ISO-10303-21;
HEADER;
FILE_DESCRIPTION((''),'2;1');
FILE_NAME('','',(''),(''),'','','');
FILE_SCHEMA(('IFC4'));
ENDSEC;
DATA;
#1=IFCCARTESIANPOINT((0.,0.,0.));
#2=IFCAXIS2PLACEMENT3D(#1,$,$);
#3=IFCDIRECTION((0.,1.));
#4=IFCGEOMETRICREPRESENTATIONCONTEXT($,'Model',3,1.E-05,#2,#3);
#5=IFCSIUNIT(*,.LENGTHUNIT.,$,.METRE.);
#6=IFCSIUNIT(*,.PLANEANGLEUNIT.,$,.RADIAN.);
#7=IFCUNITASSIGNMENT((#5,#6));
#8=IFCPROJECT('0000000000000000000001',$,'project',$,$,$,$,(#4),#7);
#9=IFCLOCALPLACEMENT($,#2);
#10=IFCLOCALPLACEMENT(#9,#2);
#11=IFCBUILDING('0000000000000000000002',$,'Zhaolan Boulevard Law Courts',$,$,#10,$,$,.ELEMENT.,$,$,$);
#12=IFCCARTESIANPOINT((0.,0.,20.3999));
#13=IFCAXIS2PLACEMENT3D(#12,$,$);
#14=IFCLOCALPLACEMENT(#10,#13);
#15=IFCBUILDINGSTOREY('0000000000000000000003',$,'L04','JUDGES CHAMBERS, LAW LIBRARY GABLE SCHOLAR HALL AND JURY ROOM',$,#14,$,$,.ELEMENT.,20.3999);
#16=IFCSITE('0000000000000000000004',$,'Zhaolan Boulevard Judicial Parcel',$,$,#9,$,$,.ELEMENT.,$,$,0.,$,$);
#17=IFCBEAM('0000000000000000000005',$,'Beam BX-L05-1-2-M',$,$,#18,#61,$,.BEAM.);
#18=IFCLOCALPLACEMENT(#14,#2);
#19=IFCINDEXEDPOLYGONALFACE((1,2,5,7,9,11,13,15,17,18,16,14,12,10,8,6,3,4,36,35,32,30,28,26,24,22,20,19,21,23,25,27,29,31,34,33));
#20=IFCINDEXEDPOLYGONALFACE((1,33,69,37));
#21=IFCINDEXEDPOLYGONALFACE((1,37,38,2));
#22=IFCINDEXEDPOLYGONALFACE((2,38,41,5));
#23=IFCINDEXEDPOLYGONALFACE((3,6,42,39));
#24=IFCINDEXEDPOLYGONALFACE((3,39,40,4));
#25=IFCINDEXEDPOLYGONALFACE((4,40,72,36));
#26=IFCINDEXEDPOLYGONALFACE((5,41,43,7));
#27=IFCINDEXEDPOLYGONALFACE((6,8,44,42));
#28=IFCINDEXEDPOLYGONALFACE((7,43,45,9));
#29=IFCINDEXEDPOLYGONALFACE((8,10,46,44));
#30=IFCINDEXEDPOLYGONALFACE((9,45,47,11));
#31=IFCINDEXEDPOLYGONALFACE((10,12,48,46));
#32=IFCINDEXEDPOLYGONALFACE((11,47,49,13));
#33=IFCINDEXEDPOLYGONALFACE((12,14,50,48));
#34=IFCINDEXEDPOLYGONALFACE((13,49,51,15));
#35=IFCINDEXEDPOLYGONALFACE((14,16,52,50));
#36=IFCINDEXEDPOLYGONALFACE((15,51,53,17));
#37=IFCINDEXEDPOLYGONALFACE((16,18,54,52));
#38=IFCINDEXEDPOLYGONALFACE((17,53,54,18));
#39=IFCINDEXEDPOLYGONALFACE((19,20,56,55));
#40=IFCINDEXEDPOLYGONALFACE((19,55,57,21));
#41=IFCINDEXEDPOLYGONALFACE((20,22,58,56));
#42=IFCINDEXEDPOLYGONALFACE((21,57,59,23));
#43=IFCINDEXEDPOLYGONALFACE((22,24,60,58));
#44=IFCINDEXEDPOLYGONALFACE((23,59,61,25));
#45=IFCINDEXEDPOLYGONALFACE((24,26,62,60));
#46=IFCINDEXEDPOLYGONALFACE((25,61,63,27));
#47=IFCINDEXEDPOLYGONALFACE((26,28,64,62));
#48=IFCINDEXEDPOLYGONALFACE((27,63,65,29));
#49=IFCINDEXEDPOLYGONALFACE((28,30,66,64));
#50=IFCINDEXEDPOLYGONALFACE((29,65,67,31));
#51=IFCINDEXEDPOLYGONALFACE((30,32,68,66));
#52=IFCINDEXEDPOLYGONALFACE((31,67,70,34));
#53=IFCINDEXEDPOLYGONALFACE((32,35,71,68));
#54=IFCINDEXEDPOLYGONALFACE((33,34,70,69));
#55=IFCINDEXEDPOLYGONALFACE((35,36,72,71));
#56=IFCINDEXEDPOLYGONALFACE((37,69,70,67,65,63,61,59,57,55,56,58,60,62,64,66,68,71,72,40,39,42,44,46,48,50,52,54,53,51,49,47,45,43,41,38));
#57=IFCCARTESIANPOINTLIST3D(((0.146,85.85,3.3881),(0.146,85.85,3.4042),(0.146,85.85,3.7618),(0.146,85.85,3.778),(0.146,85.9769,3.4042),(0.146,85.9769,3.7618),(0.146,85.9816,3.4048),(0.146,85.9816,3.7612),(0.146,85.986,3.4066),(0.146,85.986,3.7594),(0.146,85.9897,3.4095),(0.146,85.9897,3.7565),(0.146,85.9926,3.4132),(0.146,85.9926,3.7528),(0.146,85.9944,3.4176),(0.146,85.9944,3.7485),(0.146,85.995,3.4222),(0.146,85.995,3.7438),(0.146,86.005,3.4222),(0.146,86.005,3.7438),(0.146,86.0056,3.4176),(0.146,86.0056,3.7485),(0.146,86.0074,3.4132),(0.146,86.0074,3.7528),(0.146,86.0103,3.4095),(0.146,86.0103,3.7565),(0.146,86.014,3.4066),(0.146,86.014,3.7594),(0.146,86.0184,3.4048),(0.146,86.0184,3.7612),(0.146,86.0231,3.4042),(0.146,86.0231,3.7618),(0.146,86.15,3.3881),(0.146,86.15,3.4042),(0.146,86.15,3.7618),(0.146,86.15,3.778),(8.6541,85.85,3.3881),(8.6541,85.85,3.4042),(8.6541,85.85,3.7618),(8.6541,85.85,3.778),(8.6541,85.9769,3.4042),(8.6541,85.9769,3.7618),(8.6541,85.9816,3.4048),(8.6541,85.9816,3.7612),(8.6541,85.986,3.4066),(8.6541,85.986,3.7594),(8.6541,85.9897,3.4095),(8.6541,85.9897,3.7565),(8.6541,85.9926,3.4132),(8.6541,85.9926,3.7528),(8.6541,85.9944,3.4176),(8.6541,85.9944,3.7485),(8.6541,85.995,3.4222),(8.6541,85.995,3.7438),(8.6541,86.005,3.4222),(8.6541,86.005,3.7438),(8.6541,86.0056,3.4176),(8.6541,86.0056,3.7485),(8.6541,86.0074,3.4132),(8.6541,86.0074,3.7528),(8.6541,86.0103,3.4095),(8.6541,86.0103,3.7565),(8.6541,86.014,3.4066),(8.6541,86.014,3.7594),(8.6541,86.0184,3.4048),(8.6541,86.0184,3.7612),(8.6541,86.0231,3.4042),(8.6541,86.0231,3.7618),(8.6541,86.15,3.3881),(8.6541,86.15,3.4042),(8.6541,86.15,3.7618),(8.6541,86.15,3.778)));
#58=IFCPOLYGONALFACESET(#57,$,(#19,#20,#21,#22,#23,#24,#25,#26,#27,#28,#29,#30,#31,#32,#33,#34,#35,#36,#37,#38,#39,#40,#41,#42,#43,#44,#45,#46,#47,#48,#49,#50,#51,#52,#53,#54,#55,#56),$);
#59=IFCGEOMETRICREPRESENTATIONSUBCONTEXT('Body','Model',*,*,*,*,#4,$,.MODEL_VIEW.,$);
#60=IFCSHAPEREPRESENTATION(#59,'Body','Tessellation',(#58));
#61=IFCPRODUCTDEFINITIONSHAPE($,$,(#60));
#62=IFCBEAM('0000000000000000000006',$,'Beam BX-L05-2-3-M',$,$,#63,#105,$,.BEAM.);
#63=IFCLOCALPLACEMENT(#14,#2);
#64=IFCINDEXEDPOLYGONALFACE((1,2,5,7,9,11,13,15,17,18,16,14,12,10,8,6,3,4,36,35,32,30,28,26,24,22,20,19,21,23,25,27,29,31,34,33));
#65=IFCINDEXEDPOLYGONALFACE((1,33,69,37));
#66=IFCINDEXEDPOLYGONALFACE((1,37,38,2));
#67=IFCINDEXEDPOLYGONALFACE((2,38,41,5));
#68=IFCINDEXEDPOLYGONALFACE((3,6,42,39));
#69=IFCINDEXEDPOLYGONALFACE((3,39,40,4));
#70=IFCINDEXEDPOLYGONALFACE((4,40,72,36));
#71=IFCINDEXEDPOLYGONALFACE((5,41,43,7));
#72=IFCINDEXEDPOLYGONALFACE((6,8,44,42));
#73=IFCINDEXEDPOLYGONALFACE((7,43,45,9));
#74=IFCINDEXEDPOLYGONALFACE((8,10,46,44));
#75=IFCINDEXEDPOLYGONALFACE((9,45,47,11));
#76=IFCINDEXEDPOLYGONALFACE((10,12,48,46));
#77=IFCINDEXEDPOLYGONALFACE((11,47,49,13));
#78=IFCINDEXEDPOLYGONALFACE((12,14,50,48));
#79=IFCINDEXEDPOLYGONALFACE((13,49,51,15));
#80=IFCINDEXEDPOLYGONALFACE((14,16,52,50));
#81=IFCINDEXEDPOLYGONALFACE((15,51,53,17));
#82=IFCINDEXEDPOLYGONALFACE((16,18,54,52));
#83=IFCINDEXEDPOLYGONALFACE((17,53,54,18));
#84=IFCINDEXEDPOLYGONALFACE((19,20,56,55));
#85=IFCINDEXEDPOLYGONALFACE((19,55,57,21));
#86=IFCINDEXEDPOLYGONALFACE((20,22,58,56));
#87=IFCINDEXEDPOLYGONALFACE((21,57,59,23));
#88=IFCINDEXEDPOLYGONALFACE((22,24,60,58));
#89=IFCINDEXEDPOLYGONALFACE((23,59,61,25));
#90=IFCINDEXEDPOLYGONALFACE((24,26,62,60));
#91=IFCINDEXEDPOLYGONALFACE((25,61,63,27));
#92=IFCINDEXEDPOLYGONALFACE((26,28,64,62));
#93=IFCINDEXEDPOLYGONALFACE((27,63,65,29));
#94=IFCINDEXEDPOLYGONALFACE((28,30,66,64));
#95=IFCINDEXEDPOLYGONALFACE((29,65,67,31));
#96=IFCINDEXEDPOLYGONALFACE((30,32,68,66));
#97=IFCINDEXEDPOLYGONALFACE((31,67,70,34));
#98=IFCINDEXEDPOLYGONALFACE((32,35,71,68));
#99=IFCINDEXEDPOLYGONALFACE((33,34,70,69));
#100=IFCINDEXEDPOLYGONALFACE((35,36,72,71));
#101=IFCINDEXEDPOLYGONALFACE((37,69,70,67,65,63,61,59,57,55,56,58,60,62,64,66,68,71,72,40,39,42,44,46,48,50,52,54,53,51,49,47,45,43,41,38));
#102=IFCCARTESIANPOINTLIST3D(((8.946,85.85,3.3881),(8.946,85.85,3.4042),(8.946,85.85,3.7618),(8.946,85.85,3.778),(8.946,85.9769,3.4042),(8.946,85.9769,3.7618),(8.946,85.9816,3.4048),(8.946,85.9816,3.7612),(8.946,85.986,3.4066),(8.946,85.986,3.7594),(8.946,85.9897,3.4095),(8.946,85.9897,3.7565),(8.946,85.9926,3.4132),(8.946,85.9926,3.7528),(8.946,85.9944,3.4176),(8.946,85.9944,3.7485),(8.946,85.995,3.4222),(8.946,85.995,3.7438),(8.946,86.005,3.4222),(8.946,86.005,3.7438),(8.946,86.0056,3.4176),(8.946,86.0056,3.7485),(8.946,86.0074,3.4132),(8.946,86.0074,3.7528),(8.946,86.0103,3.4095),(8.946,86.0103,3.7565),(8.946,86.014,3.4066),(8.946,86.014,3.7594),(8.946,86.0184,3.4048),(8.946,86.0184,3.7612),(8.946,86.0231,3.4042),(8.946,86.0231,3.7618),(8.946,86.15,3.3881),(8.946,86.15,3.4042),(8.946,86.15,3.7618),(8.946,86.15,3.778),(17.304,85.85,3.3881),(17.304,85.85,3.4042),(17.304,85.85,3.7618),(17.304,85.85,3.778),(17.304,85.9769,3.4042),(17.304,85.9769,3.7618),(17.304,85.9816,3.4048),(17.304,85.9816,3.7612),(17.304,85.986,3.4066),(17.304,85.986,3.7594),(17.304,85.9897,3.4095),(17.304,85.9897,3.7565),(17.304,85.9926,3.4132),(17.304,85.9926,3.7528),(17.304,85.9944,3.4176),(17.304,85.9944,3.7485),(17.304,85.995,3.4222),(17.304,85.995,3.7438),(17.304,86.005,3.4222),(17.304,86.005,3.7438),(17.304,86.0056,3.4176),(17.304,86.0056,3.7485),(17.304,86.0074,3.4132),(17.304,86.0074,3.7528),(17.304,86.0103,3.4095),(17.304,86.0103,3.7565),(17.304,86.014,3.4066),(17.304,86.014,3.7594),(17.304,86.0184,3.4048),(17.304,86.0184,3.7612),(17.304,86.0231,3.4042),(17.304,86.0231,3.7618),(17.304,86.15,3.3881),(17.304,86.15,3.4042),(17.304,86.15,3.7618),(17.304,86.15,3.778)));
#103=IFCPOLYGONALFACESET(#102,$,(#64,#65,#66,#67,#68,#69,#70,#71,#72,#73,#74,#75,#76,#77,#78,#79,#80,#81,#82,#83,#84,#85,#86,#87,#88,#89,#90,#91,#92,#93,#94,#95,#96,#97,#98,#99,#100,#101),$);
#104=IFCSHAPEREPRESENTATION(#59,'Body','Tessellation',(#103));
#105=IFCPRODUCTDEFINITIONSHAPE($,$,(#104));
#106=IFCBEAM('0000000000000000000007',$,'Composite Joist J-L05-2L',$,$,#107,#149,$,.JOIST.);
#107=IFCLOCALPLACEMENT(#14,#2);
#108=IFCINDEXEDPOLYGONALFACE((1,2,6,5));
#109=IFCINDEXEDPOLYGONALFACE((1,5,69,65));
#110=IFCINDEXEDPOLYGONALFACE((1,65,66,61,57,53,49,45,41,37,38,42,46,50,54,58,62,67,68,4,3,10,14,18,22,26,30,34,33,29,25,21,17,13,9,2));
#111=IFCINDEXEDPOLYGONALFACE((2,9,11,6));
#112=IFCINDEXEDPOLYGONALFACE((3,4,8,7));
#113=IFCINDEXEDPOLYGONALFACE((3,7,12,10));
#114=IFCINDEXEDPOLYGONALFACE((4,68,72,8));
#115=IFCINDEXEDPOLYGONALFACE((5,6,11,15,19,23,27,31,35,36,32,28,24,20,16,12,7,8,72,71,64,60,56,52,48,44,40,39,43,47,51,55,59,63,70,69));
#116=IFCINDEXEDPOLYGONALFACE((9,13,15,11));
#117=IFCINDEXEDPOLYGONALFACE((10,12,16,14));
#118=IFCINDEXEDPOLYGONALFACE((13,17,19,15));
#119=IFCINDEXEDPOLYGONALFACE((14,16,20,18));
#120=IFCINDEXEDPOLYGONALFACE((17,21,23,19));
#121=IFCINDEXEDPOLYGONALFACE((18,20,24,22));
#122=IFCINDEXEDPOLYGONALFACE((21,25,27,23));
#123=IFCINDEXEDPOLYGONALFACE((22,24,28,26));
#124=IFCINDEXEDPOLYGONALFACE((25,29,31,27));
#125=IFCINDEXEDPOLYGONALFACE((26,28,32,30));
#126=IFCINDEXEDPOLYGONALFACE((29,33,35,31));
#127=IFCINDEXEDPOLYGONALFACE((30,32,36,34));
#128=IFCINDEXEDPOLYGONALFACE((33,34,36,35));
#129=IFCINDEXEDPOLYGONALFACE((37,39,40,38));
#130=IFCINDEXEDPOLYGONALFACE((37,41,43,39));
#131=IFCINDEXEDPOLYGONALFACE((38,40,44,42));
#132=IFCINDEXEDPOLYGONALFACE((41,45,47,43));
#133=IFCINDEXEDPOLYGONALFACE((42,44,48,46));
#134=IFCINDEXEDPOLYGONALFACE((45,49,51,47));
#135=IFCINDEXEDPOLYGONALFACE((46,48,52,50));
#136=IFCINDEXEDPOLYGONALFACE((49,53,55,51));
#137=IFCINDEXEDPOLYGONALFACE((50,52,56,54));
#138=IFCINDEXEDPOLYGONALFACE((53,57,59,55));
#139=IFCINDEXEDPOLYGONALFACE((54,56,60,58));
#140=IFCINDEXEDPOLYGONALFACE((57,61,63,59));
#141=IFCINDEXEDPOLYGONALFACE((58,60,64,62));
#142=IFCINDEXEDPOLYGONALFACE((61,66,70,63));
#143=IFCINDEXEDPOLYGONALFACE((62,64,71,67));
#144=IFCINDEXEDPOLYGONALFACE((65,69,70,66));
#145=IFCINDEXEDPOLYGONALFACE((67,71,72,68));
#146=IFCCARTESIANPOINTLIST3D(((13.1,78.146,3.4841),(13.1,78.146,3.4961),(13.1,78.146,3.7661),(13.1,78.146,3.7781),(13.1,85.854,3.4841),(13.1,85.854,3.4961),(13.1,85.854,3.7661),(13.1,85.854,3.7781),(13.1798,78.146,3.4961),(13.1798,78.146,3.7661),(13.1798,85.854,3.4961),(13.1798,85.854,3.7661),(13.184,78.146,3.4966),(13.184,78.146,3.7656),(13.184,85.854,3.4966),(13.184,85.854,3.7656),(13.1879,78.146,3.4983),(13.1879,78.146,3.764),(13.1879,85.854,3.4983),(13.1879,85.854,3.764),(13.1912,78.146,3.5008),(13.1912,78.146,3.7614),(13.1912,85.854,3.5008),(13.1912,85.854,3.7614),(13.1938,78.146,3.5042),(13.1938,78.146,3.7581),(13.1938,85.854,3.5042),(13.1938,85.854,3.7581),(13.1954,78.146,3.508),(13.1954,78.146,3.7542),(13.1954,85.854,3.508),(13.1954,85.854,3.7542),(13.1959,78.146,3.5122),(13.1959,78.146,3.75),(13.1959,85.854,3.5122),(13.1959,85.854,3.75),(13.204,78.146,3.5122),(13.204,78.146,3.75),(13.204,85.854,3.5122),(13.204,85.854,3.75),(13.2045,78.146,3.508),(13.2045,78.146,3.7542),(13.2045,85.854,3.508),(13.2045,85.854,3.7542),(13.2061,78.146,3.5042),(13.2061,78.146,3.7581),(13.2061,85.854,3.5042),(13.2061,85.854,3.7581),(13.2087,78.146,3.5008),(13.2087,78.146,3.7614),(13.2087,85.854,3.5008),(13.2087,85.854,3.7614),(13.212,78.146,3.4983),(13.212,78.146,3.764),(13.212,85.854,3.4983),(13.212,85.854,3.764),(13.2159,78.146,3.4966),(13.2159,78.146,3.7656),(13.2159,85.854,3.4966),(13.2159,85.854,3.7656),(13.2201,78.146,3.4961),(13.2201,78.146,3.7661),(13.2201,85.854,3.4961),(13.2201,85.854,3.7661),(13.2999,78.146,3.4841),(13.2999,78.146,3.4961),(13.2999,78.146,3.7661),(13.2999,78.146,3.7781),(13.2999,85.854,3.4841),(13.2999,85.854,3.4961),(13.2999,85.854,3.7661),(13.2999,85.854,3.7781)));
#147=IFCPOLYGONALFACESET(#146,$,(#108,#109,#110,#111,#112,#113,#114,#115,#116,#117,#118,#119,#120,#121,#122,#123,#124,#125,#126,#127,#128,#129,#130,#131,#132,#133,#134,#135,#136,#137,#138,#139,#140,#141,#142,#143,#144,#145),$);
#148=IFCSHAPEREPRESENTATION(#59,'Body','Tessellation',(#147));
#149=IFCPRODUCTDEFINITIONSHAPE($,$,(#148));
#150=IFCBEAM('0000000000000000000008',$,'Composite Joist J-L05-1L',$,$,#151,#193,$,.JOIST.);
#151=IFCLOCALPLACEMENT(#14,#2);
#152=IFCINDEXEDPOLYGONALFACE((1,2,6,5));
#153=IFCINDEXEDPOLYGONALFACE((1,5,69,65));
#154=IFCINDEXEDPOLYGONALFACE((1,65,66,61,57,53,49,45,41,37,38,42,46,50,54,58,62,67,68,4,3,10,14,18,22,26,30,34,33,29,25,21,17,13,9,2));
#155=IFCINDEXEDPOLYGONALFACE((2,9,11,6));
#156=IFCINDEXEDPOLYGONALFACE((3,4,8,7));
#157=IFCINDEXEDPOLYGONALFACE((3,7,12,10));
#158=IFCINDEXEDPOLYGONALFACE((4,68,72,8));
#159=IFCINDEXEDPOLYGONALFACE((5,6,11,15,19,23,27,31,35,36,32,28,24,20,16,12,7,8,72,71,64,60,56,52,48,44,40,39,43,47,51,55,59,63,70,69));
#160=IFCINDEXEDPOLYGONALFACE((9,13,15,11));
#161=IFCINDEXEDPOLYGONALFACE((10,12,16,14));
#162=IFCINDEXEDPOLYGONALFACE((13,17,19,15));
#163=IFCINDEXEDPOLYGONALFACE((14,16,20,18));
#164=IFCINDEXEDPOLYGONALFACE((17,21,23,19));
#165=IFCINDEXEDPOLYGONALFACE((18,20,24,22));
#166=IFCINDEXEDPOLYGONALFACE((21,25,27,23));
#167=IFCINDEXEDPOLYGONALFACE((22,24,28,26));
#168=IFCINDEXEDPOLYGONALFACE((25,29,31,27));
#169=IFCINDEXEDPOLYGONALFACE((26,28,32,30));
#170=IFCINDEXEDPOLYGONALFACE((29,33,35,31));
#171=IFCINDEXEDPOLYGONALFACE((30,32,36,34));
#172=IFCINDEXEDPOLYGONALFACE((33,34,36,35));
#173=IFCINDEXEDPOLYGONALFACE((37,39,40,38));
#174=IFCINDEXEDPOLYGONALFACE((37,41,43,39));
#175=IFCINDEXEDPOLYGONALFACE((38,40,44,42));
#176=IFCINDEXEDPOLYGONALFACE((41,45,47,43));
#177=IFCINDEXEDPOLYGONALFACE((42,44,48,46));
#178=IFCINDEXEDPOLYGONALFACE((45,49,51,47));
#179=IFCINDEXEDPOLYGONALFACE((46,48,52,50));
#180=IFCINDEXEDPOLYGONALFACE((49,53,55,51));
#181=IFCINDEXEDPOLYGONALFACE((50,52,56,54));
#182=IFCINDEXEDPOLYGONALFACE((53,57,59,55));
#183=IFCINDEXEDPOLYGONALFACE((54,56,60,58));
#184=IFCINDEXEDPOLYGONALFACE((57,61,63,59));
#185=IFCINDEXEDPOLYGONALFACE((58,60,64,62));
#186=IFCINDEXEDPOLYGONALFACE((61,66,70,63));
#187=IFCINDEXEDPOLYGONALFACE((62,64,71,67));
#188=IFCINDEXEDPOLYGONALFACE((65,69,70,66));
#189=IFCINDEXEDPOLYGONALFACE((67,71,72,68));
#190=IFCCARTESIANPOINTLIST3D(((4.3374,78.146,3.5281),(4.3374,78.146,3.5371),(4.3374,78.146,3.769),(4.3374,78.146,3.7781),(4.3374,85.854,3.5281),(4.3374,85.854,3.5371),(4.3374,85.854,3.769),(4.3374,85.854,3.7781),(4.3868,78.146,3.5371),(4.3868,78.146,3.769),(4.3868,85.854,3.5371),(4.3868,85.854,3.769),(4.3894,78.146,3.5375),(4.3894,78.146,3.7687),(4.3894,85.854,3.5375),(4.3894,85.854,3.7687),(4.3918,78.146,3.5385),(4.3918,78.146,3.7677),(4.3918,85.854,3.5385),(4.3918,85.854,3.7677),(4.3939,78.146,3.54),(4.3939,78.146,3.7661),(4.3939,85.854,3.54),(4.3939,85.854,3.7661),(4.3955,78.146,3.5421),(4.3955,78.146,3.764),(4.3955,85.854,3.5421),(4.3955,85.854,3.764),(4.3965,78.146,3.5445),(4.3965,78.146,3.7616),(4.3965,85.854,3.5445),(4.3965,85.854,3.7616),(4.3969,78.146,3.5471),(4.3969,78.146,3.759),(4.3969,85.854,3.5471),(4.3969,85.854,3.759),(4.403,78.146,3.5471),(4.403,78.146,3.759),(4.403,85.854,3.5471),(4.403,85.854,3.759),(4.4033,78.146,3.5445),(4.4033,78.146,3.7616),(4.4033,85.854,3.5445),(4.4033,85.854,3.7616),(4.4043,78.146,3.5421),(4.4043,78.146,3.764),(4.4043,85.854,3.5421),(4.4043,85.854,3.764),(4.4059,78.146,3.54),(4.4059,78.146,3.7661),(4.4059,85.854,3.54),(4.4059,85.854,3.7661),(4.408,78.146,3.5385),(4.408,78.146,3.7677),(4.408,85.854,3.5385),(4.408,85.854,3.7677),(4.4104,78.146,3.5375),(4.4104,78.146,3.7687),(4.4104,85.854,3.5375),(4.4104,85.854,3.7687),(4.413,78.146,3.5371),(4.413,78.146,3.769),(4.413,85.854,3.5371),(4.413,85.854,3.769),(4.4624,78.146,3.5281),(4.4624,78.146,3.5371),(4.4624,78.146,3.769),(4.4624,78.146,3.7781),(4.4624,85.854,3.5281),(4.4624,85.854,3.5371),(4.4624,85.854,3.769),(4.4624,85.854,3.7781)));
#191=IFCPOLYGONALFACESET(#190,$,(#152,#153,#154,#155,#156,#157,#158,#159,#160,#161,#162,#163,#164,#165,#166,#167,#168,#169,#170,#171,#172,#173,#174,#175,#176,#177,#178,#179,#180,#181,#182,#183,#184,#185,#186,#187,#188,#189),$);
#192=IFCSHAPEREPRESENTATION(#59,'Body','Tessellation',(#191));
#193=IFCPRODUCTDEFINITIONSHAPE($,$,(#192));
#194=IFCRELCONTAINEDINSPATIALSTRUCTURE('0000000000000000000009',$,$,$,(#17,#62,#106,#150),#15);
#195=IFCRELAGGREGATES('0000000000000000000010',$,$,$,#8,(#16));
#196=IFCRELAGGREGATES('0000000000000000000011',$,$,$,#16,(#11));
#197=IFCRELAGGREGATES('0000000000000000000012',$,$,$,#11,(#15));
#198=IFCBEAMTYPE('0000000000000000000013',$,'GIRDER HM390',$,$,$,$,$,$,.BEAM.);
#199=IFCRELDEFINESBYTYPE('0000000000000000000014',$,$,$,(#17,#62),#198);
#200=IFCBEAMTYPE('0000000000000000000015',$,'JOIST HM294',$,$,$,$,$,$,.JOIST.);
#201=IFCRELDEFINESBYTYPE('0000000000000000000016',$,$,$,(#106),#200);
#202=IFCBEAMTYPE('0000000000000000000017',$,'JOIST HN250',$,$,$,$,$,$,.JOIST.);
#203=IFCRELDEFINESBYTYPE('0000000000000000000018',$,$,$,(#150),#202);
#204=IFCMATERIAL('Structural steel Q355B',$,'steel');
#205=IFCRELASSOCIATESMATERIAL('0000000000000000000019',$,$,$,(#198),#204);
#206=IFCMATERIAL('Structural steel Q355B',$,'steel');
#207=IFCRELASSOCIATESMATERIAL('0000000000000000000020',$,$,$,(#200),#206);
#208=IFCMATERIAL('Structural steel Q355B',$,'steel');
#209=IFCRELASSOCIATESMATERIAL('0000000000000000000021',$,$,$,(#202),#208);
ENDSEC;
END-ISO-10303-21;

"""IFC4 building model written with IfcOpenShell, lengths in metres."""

from ifc_helpers import new_model, si_unit, direction, frame, origin, origin_2d, place, context, subcontext, project, spatial, i_section, extrude, material, material_profile, profile_set, type_object, element, save


model = new_model("IFC4")

# Units and contexts
model_context = context("Model", 3, precision=1e-05, world=origin(), true_north=direction((0.0, 1.0)))
body_context = subcontext(model_context, "Body", "Model", "MODEL_VIEW")
ifc_project = project(units=[si_unit("LENGTHUNIT", "METRE"), si_unit("PLANEANGLEUNIT", "RADIAN")], contexts=[model_context])

# Site, building, storey
site_placement = place(None, origin())
site = spatial("IfcSite", under=ifc_project, at=site_placement, Name="Zhaolan Boulevard Judicial Parcel", CompositionType="ELEMENT", RefElevation=0.0)
building_placement = place(site_placement, origin())
building = spatial("IfcBuilding", under=site, at=building_placement, Name="Zhaolan Boulevard Law Courts", CompositionType="ELEMENT")
storey_placement = place(building_placement, frame((0.0, 0.0, 20.3999)))
storey = spatial("IfcBuildingStorey", under=building, at=storey_placement, Name="L04", Description="JUDGES CHAMBERS, LAW LIBRARY GABLE SCHOLAR HALL AND JURY ROOM", CompositionType="ELEMENT", Elevation=20.3999)

# Beams
ifc_material_1 = material(Name="Structural steel Q355B", Category="steel")
ifc_material_profile_1 = material_profile(ifc_material_1, i_section(OverallWidth=0.3, OverallDepth=0.3899, WebThickness=0.01, FlangeThickness=0.0161, FilletRadius=0.0181, at=origin_2d()), Name="HM390x300")
ifc_profile_set_1 = profile_set([ifc_material_profile_1], Name="Structural steel Q355B")
beam_type_1 = type_object("IfcBeamType", Name="GIRDER HM390", PredefinedType="BEAM", material=ifc_profile_set_1)
for number, where, z_axis, x_axis, name in (
    (1, (0.146, 86.0, 3.583), (1.0, 0.0, 0.0), (0.0, 1.0, 0.0), "Beam BX-L05-1-2-M"),
):
    element("IfcBeam", number, at=place(storey_placement, frame(where, z_axis=z_axis, x_axis=x_axis)), inside=storey, type_object=beam_type_1, Name=name, PredefinedType="BEAM", context=body_context, shape_type="SweptSolid", body=[
        extrude(i_section(OverallWidth=0.3, OverallDepth=0.3899, WebThickness=0.01, FlangeThickness=0.0161, FilletRadius=0.0181, at=origin_2d()), origin(), (0.0, 0.0, 1.0), 8.5081),
    ])
beam_1_placement = place(storey_placement, frame((8.946, 86.0, 3.583), z_axis=(1.0, 0.0, 0.0), x_axis=(0.0, 1.0, 0.0)))
element("IfcBeam", 2, at=beam_1_placement, inside=storey, type_object=beam_type_1, Name="Beam BX-L05-2-3-M", PredefinedType="BEAM", context=body_context, shape_type="SweptSolid", body=[
    extrude(i_section(OverallWidth=0.3, OverallDepth=0.3899, WebThickness=0.01, FlangeThickness=0.0161, FilletRadius=0.0181, at=origin_2d()), origin(), (0.0, 0.0, 1.0), 8.3579),
])
ifc_material_2 = material(Name="Structural steel Q355B", Category="steel")
ifc_material_profile_2 = material_profile(ifc_material_2, i_section(OverallWidth=0.2, OverallDepth=0.2939, WebThickness=0.0081, FlangeThickness=0.012, FilletRadius=0.0161, at=origin_2d()), Name="HM294x200")
ifc_profile_set_2 = profile_set([ifc_material_profile_2], Name="Structural steel Q355B")
beam_type_2 = type_object("IfcBeamType", Name="JOIST HM294", PredefinedType="JOIST", material=ifc_profile_set_2)
beam_2_placement = place(storey_placement, frame((13.2, 78.146, 3.6311), z_axis=(0.0, 1.0, 0.0), x_axis=(-1.0, 0.0, 0.0)))
element("IfcBeam", 3, at=beam_2_placement, inside=storey, type_object=beam_type_2, Name="Composite Joist J-L05-2L", PredefinedType="JOIST", context=body_context, shape_type="SweptSolid", body=[
    extrude(i_section(OverallWidth=0.2, OverallDepth=0.2939, WebThickness=0.0081, FlangeThickness=0.012, FilletRadius=0.0161, at=origin_2d()), origin(), (0.0, 0.0, 1.0), 7.708),
])
ifc_material_3 = material(Name="Structural steel Q355B", Category="steel")
ifc_material_profile_3 = material_profile(ifc_material_3, i_section(OverallWidth=0.125, OverallDepth=0.25, WebThickness=0.0061, FlangeThickness=0.009, FilletRadius=0.01, at=origin_2d()), Name="HN250x125")
ifc_profile_set_3 = profile_set([ifc_material_profile_3], Name="Structural steel Q355B")
beam_type_3 = type_object("IfcBeamType", Name="JOIST HN250", PredefinedType="JOIST", material=ifc_profile_set_3)
beam_3_placement = place(storey_placement, frame((4.3999, 78.146, 3.6531), z_axis=(0.0, 1.0, 0.0), x_axis=(-1.0, 0.0, 0.0)))
element("IfcBeam", 4, at=beam_3_placement, inside=storey, type_object=beam_type_3, Name="Composite Joist J-L05-1L", PredefinedType="JOIST", context=body_context, shape_type="SweptSolid", body=[
    extrude(i_section(OverallWidth=0.125, OverallDepth=0.25, WebThickness=0.0061, FlangeThickness=0.009, FilletRadius=0.01, at=origin_2d()), origin(), (0.0, 0.0, 1.0), 7.708),
])

save(model, "model.ifc")
